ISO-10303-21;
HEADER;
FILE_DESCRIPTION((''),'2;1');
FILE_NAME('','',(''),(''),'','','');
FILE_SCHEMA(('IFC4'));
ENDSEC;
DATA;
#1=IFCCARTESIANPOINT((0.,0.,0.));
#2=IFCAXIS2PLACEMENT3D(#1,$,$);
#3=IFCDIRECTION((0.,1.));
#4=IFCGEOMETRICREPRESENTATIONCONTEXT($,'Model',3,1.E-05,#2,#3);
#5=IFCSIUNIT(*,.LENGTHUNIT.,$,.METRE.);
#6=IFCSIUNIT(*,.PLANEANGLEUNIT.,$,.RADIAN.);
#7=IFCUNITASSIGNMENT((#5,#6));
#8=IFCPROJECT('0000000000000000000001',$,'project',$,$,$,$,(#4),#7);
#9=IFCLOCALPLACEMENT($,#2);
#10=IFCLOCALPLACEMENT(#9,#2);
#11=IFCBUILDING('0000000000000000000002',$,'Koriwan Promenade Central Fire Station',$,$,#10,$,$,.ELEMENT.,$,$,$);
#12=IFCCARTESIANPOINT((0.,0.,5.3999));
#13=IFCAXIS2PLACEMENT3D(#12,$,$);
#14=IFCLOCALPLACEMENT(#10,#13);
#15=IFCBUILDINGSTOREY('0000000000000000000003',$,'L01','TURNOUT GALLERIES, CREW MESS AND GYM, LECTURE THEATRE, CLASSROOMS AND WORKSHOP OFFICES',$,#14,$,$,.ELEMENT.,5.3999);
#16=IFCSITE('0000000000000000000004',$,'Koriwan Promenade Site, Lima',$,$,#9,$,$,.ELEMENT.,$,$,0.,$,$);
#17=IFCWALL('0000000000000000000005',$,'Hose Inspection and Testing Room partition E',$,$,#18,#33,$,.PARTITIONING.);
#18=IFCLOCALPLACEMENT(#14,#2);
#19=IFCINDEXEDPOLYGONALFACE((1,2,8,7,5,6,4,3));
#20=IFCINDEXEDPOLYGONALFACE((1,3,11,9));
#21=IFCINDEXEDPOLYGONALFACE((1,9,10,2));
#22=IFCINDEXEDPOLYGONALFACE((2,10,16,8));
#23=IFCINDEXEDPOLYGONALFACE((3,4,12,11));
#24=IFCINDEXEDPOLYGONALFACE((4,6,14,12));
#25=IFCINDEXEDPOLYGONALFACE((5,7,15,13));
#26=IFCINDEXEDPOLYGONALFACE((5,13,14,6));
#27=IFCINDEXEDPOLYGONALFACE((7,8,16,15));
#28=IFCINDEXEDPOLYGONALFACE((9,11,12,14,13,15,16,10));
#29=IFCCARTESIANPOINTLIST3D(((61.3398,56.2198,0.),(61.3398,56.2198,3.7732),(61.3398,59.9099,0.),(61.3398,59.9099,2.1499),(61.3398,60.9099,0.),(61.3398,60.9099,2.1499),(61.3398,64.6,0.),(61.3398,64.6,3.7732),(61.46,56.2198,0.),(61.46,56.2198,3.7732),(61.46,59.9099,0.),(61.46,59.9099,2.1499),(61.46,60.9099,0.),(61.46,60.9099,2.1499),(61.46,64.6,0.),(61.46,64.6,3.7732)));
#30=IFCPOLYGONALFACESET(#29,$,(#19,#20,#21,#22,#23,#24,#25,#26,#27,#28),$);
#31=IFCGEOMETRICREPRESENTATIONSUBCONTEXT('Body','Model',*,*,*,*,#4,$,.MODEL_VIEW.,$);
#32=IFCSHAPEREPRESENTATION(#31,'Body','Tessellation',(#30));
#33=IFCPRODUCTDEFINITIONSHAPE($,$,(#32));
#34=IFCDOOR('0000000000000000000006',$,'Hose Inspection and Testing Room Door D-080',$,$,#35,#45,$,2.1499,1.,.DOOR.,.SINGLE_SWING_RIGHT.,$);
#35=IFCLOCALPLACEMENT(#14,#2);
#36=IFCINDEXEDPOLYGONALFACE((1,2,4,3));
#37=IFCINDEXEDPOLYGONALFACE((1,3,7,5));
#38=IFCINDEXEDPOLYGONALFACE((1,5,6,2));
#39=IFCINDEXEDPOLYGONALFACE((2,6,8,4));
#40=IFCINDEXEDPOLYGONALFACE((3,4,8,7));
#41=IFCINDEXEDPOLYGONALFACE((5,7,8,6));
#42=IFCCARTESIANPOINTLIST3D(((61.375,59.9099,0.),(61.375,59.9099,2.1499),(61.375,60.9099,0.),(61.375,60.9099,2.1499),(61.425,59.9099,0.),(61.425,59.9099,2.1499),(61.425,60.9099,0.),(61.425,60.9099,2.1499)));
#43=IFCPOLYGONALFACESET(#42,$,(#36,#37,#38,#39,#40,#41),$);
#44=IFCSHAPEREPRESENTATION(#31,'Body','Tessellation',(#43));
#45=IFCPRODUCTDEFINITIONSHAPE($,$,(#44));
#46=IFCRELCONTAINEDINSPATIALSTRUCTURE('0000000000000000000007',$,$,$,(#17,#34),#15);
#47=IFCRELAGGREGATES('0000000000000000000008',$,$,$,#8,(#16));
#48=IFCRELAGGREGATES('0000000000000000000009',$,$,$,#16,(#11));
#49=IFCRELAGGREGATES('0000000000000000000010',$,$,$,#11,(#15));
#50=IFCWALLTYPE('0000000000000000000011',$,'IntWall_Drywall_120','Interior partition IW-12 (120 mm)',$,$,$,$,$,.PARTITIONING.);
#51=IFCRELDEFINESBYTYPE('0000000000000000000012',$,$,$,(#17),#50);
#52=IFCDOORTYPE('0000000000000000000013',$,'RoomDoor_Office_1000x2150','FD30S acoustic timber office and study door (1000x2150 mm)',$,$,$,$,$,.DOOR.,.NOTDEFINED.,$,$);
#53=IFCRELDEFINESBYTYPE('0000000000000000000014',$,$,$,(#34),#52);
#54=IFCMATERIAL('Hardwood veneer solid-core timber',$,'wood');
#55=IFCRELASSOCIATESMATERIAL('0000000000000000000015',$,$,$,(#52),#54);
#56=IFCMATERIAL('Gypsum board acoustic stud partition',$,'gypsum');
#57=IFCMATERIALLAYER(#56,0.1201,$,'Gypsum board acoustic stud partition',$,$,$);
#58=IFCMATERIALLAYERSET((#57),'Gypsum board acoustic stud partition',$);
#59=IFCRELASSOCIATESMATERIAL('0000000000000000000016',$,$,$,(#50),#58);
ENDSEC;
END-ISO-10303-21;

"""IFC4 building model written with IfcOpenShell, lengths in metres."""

from ifc_helpers import new_model, si_unit, direction, frame, frame_2d, origin, place, context, subcontext, project, spatial, rectangle, extrude, material, layer, layer_set, type_object, element, fill, save


model = new_model("IFC4")

# Units and contexts
model_context = context("Model", 3, precision=1e-05, world=origin(), true_north=direction((0.0, 1.0)))
body_context = subcontext(model_context, "Body", "Model", "MODEL_VIEW")
ifc_project = project(units=[si_unit("LENGTHUNIT", "METRE"), si_unit("PLANEANGLEUNIT", "RADIAN")], contexts=[model_context])

# Site, building, storey
site_placement = place(None, origin())
site = spatial("IfcSite", under=ifc_project, at=site_placement, Name="Koriwan Promenade Site, Lima", CompositionType="ELEMENT", RefElevation=0.0)
building_placement = place(site_placement, origin())
building = spatial("IfcBuilding", under=site, at=building_placement, Name="Koriwan Promenade Central Fire Station", CompositionType="ELEMENT")
storey_placement = place(building_placement, frame((0.0, 0.0, 5.3999)))
storey = spatial("IfcBuildingStorey", under=building, at=storey_placement, Name="L01", Description="TURNOUT GALLERIES, CREW MESS AND GYM, LECTURE THEATRE, CLASSROOMS AND WORKSHOP OFFICES", CompositionType="ELEMENT", Elevation=5.3999)

# Wall, opening, door
ifc_material_1 = material(Name="Gypsum board acoustic stud partition", Category="gypsum")
ifc_material_2 = material(Name="Hardwood veneer solid-core timber", Category="wood")
door_type = type_object("IfcDoorType", Name="RoomDoor_Office_1000x2150", Description="FD30S acoustic timber office and study door (1000x2150 mm)", OperationType="NOTDEFINED", PredefinedType="DOOR", material=ifc_material_2)
ifc_layer_1 = layer(ifc_material_1, 0.1201, Name="Gypsum board acoustic stud partition")
ifc_layer_set_1 = layer_set([ifc_layer_1], Name="Gypsum board acoustic stud partition")
wall_type_1 = type_object("IfcWallType", Name="IntWall_Drywall_120", Description="Interior partition IW-12 (120 mm)", PredefinedType="PARTITIONING", material=ifc_layer_set_1)
wall_1_placement = place(storey_placement, frame((61.3999, 56.22, 0.0), z_axis=(0.0, 0.0, 1.0), x_axis=(0.0, 1.0, 0.0)))
wall_1 = element("IfcWall", 1, at=wall_1_placement, inside=storey, type_object=wall_type_1, Name="Hose Inspection and Testing Room partition E", PredefinedType="PARTITIONING", context=body_context, shape_type="SweptSolid", body=[
    extrude(rectangle(XDim=8.3801, YDim=0.1201, at=frame_2d((4.1899, 0.0))), origin(), (0.0, 0.0, 1.0), 3.7732),
])
opening_1_placement = place(wall_1_placement, frame((3.6899, 0.0, 0.0)))
opening_1 = element("IfcOpeningElement", 2, at=opening_1_placement, cuts=wall_1, PredefinedType="OPENING", context=body_context, shape_type="SweptSolid", body=[
    extrude(rectangle(XDim=1.0, YDim=2.1499, at=frame_2d((0.5, 1.075))), frame((0.0, 0.072, 0.0), z_axis=(0.0, -1.0, 0.0), x_axis=(1.0, 0.0, 0.0)), (0.0, 0.0, 1.0), 0.144),
])
door_1_placement = place(opening_1_placement, origin())
door_1 = element("IfcDoor", 3, at=door_1_placement, inside=storey, type_object=door_type, Name="Hose Inspection and Testing Room Door D-080", OperationType="SINGLE_SWING_RIGHT", OverallHeight=2.1499, OverallWidth=1.0, PredefinedType="DOOR", context=body_context, shape_type="SweptSolid", body=[
    extrude(rectangle(XDim=1.0, YDim=2.1499, at=frame_2d((0.5, 1.075))), frame((0.0, 0.0249, 0.0), z_axis=(0.0, -1.0, 0.0), x_axis=(1.0, 0.0, 0.0)), (0.0, 0.0, 1.0), 0.05),
])
fill(opening_1, door_1)

save(model, "model.ifc")
